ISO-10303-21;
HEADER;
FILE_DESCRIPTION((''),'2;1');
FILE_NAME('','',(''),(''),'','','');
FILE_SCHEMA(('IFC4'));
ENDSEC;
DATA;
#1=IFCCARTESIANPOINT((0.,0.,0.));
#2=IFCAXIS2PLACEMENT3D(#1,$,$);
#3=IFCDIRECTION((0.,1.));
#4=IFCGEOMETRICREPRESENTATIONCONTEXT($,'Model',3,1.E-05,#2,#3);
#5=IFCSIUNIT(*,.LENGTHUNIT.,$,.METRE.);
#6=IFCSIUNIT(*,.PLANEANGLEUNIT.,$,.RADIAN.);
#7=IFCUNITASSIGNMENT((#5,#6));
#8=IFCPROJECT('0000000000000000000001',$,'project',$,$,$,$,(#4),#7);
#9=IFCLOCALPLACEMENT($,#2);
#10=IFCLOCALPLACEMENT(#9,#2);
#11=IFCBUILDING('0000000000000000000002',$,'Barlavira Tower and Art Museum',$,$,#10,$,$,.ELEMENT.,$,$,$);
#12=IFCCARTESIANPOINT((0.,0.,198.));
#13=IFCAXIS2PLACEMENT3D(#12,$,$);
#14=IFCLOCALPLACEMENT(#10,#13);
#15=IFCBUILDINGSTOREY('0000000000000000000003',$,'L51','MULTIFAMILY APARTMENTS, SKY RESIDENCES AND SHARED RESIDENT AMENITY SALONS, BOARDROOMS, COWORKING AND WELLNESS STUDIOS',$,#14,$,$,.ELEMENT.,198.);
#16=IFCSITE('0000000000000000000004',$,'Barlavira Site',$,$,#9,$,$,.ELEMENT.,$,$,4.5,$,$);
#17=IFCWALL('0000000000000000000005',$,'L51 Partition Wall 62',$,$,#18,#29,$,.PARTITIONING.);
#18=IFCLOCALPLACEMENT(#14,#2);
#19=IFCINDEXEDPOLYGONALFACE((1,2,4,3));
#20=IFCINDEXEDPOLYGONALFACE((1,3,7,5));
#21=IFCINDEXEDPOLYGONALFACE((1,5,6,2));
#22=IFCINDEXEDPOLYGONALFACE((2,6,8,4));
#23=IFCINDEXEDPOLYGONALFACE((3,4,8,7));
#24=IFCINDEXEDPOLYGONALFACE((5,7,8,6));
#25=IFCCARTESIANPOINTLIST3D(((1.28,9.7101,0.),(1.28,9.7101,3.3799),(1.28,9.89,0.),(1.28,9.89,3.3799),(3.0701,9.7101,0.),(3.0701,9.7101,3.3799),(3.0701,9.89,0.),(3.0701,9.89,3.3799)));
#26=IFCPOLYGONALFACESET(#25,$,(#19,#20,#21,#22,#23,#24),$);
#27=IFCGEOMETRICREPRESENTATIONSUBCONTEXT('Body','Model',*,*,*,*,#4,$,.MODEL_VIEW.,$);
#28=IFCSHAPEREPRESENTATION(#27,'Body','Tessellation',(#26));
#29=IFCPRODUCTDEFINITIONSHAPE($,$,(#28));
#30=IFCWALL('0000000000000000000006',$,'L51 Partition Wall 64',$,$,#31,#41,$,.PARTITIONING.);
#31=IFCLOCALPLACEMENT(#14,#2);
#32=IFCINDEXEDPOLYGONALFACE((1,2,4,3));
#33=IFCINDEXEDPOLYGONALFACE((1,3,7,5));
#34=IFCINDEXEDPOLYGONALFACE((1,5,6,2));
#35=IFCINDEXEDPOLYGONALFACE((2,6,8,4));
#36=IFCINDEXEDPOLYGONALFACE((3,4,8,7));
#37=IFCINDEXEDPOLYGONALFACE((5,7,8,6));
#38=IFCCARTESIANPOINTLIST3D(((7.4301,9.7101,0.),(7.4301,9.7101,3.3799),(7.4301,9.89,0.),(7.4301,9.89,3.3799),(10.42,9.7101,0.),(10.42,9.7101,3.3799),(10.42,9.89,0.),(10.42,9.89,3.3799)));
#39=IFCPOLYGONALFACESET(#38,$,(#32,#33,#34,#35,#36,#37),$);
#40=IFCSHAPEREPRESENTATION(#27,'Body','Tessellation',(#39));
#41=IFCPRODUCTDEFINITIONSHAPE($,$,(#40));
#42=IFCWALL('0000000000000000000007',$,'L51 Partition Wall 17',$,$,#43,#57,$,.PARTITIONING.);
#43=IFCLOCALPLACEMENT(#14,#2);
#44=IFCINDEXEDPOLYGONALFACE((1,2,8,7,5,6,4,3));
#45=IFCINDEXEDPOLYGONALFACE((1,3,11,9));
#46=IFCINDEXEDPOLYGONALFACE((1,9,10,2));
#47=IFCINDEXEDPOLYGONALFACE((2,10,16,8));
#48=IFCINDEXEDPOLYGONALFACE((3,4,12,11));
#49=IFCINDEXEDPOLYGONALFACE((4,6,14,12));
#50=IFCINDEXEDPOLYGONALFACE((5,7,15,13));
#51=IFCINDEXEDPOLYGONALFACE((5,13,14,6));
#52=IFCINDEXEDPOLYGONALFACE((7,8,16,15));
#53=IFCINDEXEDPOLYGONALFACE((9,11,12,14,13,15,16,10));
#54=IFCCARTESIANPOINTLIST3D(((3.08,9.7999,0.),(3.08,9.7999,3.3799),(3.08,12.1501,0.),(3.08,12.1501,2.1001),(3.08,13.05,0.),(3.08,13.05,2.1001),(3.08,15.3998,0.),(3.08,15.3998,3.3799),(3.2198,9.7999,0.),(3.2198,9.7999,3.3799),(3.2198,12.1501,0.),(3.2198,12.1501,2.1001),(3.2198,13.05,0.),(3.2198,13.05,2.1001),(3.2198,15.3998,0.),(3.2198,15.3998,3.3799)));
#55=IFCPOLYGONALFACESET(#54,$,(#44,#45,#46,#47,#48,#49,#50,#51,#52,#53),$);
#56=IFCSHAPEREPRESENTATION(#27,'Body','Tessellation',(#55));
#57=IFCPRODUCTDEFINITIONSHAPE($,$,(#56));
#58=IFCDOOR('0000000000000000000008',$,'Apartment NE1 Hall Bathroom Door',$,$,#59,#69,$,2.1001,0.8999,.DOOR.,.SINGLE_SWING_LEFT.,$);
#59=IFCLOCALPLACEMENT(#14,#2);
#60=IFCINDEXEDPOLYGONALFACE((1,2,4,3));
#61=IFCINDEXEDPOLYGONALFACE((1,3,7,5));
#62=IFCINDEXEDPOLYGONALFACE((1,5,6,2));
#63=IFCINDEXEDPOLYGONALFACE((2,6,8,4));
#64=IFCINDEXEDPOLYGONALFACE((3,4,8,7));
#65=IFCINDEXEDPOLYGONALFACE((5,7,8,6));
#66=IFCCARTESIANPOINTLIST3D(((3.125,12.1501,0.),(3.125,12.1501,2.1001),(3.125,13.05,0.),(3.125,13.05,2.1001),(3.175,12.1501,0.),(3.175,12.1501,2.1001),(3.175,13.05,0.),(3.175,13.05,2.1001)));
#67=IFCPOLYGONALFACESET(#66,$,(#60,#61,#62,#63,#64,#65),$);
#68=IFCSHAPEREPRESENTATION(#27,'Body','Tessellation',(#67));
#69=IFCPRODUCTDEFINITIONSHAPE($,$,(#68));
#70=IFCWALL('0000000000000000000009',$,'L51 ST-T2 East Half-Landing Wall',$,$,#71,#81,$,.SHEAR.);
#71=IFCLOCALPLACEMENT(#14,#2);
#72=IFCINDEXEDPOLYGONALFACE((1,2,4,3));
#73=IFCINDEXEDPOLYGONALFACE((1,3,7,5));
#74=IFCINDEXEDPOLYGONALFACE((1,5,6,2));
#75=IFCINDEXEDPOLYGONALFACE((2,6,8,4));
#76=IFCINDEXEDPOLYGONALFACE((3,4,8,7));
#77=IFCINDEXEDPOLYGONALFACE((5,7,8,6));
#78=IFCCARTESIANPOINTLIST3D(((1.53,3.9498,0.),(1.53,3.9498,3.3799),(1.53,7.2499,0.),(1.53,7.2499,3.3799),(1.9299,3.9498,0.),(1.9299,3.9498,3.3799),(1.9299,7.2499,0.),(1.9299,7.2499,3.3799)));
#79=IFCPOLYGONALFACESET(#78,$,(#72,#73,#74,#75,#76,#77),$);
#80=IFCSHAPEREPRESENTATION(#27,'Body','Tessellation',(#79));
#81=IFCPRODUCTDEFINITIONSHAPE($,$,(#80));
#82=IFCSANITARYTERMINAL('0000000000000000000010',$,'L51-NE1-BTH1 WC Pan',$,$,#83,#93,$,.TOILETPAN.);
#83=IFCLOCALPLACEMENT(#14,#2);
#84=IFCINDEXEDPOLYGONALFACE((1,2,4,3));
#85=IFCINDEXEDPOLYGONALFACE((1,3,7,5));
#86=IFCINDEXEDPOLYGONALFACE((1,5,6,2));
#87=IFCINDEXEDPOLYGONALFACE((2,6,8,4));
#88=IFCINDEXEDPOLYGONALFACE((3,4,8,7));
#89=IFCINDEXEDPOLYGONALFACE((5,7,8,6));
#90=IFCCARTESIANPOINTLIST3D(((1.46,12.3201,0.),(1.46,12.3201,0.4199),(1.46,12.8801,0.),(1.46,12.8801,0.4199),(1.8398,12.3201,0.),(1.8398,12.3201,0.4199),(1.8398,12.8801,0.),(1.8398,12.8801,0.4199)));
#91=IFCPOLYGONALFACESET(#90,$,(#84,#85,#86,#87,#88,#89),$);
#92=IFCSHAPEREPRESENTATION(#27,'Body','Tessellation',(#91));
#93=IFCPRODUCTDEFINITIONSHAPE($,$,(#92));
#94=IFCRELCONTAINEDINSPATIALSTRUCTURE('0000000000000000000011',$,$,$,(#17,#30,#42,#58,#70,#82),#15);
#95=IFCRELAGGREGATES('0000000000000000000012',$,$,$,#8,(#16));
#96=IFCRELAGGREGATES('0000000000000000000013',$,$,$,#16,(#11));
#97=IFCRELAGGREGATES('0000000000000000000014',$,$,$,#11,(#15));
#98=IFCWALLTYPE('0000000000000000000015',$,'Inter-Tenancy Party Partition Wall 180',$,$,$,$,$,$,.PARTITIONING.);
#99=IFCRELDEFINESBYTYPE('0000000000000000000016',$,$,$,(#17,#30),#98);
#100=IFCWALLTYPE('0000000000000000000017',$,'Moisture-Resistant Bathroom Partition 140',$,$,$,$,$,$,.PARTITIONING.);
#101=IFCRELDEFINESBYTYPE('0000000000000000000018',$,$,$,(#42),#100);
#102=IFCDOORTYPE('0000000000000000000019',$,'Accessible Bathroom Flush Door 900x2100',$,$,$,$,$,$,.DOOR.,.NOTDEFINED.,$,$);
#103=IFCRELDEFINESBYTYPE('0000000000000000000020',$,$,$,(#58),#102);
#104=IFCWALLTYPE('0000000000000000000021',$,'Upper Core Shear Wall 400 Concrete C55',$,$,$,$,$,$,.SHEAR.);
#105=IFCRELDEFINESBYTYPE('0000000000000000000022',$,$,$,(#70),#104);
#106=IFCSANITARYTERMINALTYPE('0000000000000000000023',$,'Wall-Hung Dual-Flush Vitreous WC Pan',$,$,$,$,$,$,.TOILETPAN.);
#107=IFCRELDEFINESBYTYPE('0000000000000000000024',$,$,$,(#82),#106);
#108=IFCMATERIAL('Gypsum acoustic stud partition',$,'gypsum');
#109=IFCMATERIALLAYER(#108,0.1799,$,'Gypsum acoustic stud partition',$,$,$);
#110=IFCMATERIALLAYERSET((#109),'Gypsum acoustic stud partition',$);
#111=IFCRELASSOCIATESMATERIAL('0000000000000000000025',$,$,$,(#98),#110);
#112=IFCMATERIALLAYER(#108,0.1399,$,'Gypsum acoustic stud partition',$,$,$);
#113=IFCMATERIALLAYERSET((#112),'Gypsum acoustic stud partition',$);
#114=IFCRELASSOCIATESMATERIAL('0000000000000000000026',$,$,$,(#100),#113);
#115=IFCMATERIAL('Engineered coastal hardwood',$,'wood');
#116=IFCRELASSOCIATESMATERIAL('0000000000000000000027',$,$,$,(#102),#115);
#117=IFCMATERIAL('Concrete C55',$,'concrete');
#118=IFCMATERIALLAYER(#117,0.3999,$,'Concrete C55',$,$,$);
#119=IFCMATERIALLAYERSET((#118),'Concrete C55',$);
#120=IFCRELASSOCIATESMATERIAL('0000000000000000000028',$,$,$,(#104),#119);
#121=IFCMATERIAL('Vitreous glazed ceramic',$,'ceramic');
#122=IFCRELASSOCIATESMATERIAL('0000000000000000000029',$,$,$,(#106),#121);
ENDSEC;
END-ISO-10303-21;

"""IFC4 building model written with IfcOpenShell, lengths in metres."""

from ifc_helpers import new_model, si_unit, direction, frame, frame_2d, origin, origin_2d, place, context, subcontext, project, spatial, rectangle, extrude, material, layer, layer_set, type_object, element, fill, save


model = new_model("IFC4")

# Units and contexts
model_context = context("Model", 3, precision=1e-05, world=origin(), true_north=direction((0.0, 1.0)))
body_context = subcontext(model_context, "Body", "Model", "MODEL_VIEW")
ifc_project = project(units=[si_unit("LENGTHUNIT", "METRE"), si_unit("PLANEANGLEUNIT", "RADIAN")], contexts=[model_context])

# Site, building, storey
site_placement = place(None, origin())
site = spatial("IfcSite", under=ifc_project, at=site_placement, Name="Barlavira Site", CompositionType="ELEMENT", RefElevation=4.5)
building_placement = place(site_placement, origin())
building = spatial("IfcBuilding", under=site, at=building_placement, Name="Barlavira Tower and Art Museum", CompositionType="ELEMENT")
storey_placement = place(building_placement, frame((0.0, 0.0, 198.0)))
storey = spatial("IfcBuildingStorey", under=building, at=storey_placement, Name="L51", Description="MULTIFAMILY APARTMENTS, SKY RESIDENCES AND SHARED RESIDENT AMENITY SALONS, BOARDROOMS, COWORKING AND WELLNESS STUDIOS", CompositionType="ELEMENT", Elevation=198.0)

# Shared definitions
ifc_material_1 = material(Name="Gypsum acoustic stud partition", Category="gypsum")
ifc_material_2 = material(Name="Engineered coastal hardwood", Category="wood")

# Wall
ifc_layer_1 = layer(ifc_material_1, 0.1799, Name="Gypsum acoustic stud partition")
ifc_layer_set_1 = layer_set([ifc_layer_1], Name="Gypsum acoustic stud partition")
wall_type_1 = type_object("IfcWallType", Name="Inter-Tenancy Party Partition Wall 180", PredefinedType="PARTITIONING", material=ifc_layer_set_1)
wall_1_placement = place(storey_placement, frame((1.28, 9.8, 0.0), z_axis=(0.0, 0.0, 1.0), x_axis=(1.0, 0.0, 0.0)))
element("IfcWall", 1, at=wall_1_placement, inside=storey, type_object=wall_type_1, Name="L51 Partition Wall 62", PredefinedType="PARTITIONING", context=body_context, shape_type="SweptSolid", body=[
    extrude(rectangle(XDim=1.79, YDim=0.1799, at=frame_2d((0.895, 0.0))), origin(), (0.0, 0.0, 1.0), 3.3799),
])

# Wall
wall_2_placement = place(storey_placement, frame((7.4299, 9.8, 0.0), z_axis=(0.0, 0.0, 1.0), x_axis=(1.0, 0.0, 0.0)))
element("IfcWall", 2, at=wall_2_placement, inside=storey, type_object=wall_type_1, Name="L51 Partition Wall 64", PredefinedType="PARTITIONING", context=body_context, shape_type="SweptSolid", body=[
    extrude(rectangle(XDim=2.99, YDim=0.1799, at=frame_2d((1.4951, 0.0))), origin(), (0.0, 0.0, 1.0), 3.3799),
])

# Wall, opening, door
ifc_layer_2 = layer(ifc_material_1, 0.1399, Name="Gypsum acoustic stud partition")
ifc_layer_set_2 = layer_set([ifc_layer_2], Name="Gypsum acoustic stud partition")
wall_type_2 = type_object("IfcWallType", Name="Moisture-Resistant Bathroom Partition 140", PredefinedType="PARTITIONING", material=ifc_layer_set_2)
wall_3_placement = place(storey_placement, frame((3.1499, 9.8, 0.0), z_axis=(0.0, 0.0, 1.0), x_axis=(0.0, 1.0, 0.0)))
wall_3 = element("IfcWall", 3, at=wall_3_placement, inside=storey, type_object=wall_type_2, Name="L51 Partition Wall 17", PredefinedType="PARTITIONING", context=body_context, shape_type="SweptSolid", body=[
    extrude(rectangle(XDim=5.5999, YDim=0.1399, at=frame_2d((2.7998, 0.0))), origin(), (0.0, 0.0, 1.0), 3.3799),
])
opening_1_placement = place(wall_3_placement, frame((2.3501, 0.0, 0.0)))
opening_1 = element("IfcOpeningElement", 4, at=opening_1_placement, cuts=wall_3, PredefinedType="OPENING", context=body_context, shape_type="SweptSolid", body=[
    extrude(rectangle(XDim=0.8999, YDim=2.1001, at=frame_2d((0.45, 1.05))), frame((0.0, 0.0801, 0.0), z_axis=(0.0, -1.0, 0.0), x_axis=(1.0, 0.0, 0.0)), (0.0, 0.0, 1.0), 0.1599),
])
door_type_1 = type_object("IfcDoorType", Name="Accessible Bathroom Flush Door 900x2100", OperationType="NOTDEFINED", PredefinedType="DOOR", material=ifc_material_2)
door_1_placement = place(opening_1_placement, origin())
door_1 = element("IfcDoor", 5, at=door_1_placement, inside=storey, type_object=door_type_1, Name="Apartment NE1 Hall Bathroom Door", OperationType="SINGLE_SWING_LEFT", OverallHeight=2.1001, OverallWidth=0.8999, PredefinedType="DOOR", context=body_context, shape_type="SweptSolid", body=[
    extrude(rectangle(XDim=0.8999, YDim=2.1001, at=frame_2d((0.45, 1.05))), frame((0.0, 0.0249, 0.0), z_axis=(0.0, -1.0, 0.0), x_axis=(1.0, 0.0, 0.0)), (0.0, 0.0, 1.0), 0.05),
])
fill(opening_1, door_1)

# Wall
ifc_material_3 = material(Name="Concrete C55", Category="concrete")
ifc_layer_3 = layer(ifc_material_3, 0.3999, Name="Concrete C55")
ifc_layer_set_3 = layer_set([ifc_layer_3], Name="Concrete C55")
wall_type_3 = type_object("IfcWallType", Name="Upper Core Shear Wall 400 Concrete C55", PredefinedType="SHEAR", material=ifc_layer_set_3)
wall_4_placement = place(storey_placement, frame((1.73, 3.95, 0.0), z_axis=(0.0, 0.0, 1.0), x_axis=(0.0, 1.0, 0.0)))
element("IfcWall", 6, at=wall_4_placement, inside=storey, type_object=wall_type_3, Name="L51 ST-T2 East Half-Landing Wall", PredefinedType="SHEAR", context=body_context, shape_type="SweptSolid", body=[
    extrude(rectangle(XDim=3.3, YDim=0.3999, at=frame_2d((1.6499, 0.0))), origin(), (0.0, 0.0, 1.0), 3.3799),
])

# Sanitary terminal
ifc_material_4 = material(Name="Vitreous glazed ceramic", Category="ceramic")
sanitary_terminal_type = type_object("IfcSanitaryTerminalType", Name="Wall-Hung Dual-Flush Vitreous WC Pan", PredefinedType="TOILETPAN", material=ifc_material_4)
sanitary_terminal_placement = place(storey_placement, frame((1.6499, 12.6001, 0.0), z_axis=(0.0, 0.0, 1.0), x_axis=(1.0, 0.0, 0.0)))
element("IfcSanitaryTerminal", 7, at=sanitary_terminal_placement, inside=storey, type_object=sanitary_terminal_type, Name="L51-NE1-BTH1 WC Pan", PredefinedType="TOILETPAN", context=body_context, shape_type="SweptSolid", body=[
    extrude(rectangle(XDim=0.3799, YDim=0.5601, at=origin_2d()), origin(), (0.0, 0.0, 1.0), 0.4199),
])

save(model, "model.ifc")
